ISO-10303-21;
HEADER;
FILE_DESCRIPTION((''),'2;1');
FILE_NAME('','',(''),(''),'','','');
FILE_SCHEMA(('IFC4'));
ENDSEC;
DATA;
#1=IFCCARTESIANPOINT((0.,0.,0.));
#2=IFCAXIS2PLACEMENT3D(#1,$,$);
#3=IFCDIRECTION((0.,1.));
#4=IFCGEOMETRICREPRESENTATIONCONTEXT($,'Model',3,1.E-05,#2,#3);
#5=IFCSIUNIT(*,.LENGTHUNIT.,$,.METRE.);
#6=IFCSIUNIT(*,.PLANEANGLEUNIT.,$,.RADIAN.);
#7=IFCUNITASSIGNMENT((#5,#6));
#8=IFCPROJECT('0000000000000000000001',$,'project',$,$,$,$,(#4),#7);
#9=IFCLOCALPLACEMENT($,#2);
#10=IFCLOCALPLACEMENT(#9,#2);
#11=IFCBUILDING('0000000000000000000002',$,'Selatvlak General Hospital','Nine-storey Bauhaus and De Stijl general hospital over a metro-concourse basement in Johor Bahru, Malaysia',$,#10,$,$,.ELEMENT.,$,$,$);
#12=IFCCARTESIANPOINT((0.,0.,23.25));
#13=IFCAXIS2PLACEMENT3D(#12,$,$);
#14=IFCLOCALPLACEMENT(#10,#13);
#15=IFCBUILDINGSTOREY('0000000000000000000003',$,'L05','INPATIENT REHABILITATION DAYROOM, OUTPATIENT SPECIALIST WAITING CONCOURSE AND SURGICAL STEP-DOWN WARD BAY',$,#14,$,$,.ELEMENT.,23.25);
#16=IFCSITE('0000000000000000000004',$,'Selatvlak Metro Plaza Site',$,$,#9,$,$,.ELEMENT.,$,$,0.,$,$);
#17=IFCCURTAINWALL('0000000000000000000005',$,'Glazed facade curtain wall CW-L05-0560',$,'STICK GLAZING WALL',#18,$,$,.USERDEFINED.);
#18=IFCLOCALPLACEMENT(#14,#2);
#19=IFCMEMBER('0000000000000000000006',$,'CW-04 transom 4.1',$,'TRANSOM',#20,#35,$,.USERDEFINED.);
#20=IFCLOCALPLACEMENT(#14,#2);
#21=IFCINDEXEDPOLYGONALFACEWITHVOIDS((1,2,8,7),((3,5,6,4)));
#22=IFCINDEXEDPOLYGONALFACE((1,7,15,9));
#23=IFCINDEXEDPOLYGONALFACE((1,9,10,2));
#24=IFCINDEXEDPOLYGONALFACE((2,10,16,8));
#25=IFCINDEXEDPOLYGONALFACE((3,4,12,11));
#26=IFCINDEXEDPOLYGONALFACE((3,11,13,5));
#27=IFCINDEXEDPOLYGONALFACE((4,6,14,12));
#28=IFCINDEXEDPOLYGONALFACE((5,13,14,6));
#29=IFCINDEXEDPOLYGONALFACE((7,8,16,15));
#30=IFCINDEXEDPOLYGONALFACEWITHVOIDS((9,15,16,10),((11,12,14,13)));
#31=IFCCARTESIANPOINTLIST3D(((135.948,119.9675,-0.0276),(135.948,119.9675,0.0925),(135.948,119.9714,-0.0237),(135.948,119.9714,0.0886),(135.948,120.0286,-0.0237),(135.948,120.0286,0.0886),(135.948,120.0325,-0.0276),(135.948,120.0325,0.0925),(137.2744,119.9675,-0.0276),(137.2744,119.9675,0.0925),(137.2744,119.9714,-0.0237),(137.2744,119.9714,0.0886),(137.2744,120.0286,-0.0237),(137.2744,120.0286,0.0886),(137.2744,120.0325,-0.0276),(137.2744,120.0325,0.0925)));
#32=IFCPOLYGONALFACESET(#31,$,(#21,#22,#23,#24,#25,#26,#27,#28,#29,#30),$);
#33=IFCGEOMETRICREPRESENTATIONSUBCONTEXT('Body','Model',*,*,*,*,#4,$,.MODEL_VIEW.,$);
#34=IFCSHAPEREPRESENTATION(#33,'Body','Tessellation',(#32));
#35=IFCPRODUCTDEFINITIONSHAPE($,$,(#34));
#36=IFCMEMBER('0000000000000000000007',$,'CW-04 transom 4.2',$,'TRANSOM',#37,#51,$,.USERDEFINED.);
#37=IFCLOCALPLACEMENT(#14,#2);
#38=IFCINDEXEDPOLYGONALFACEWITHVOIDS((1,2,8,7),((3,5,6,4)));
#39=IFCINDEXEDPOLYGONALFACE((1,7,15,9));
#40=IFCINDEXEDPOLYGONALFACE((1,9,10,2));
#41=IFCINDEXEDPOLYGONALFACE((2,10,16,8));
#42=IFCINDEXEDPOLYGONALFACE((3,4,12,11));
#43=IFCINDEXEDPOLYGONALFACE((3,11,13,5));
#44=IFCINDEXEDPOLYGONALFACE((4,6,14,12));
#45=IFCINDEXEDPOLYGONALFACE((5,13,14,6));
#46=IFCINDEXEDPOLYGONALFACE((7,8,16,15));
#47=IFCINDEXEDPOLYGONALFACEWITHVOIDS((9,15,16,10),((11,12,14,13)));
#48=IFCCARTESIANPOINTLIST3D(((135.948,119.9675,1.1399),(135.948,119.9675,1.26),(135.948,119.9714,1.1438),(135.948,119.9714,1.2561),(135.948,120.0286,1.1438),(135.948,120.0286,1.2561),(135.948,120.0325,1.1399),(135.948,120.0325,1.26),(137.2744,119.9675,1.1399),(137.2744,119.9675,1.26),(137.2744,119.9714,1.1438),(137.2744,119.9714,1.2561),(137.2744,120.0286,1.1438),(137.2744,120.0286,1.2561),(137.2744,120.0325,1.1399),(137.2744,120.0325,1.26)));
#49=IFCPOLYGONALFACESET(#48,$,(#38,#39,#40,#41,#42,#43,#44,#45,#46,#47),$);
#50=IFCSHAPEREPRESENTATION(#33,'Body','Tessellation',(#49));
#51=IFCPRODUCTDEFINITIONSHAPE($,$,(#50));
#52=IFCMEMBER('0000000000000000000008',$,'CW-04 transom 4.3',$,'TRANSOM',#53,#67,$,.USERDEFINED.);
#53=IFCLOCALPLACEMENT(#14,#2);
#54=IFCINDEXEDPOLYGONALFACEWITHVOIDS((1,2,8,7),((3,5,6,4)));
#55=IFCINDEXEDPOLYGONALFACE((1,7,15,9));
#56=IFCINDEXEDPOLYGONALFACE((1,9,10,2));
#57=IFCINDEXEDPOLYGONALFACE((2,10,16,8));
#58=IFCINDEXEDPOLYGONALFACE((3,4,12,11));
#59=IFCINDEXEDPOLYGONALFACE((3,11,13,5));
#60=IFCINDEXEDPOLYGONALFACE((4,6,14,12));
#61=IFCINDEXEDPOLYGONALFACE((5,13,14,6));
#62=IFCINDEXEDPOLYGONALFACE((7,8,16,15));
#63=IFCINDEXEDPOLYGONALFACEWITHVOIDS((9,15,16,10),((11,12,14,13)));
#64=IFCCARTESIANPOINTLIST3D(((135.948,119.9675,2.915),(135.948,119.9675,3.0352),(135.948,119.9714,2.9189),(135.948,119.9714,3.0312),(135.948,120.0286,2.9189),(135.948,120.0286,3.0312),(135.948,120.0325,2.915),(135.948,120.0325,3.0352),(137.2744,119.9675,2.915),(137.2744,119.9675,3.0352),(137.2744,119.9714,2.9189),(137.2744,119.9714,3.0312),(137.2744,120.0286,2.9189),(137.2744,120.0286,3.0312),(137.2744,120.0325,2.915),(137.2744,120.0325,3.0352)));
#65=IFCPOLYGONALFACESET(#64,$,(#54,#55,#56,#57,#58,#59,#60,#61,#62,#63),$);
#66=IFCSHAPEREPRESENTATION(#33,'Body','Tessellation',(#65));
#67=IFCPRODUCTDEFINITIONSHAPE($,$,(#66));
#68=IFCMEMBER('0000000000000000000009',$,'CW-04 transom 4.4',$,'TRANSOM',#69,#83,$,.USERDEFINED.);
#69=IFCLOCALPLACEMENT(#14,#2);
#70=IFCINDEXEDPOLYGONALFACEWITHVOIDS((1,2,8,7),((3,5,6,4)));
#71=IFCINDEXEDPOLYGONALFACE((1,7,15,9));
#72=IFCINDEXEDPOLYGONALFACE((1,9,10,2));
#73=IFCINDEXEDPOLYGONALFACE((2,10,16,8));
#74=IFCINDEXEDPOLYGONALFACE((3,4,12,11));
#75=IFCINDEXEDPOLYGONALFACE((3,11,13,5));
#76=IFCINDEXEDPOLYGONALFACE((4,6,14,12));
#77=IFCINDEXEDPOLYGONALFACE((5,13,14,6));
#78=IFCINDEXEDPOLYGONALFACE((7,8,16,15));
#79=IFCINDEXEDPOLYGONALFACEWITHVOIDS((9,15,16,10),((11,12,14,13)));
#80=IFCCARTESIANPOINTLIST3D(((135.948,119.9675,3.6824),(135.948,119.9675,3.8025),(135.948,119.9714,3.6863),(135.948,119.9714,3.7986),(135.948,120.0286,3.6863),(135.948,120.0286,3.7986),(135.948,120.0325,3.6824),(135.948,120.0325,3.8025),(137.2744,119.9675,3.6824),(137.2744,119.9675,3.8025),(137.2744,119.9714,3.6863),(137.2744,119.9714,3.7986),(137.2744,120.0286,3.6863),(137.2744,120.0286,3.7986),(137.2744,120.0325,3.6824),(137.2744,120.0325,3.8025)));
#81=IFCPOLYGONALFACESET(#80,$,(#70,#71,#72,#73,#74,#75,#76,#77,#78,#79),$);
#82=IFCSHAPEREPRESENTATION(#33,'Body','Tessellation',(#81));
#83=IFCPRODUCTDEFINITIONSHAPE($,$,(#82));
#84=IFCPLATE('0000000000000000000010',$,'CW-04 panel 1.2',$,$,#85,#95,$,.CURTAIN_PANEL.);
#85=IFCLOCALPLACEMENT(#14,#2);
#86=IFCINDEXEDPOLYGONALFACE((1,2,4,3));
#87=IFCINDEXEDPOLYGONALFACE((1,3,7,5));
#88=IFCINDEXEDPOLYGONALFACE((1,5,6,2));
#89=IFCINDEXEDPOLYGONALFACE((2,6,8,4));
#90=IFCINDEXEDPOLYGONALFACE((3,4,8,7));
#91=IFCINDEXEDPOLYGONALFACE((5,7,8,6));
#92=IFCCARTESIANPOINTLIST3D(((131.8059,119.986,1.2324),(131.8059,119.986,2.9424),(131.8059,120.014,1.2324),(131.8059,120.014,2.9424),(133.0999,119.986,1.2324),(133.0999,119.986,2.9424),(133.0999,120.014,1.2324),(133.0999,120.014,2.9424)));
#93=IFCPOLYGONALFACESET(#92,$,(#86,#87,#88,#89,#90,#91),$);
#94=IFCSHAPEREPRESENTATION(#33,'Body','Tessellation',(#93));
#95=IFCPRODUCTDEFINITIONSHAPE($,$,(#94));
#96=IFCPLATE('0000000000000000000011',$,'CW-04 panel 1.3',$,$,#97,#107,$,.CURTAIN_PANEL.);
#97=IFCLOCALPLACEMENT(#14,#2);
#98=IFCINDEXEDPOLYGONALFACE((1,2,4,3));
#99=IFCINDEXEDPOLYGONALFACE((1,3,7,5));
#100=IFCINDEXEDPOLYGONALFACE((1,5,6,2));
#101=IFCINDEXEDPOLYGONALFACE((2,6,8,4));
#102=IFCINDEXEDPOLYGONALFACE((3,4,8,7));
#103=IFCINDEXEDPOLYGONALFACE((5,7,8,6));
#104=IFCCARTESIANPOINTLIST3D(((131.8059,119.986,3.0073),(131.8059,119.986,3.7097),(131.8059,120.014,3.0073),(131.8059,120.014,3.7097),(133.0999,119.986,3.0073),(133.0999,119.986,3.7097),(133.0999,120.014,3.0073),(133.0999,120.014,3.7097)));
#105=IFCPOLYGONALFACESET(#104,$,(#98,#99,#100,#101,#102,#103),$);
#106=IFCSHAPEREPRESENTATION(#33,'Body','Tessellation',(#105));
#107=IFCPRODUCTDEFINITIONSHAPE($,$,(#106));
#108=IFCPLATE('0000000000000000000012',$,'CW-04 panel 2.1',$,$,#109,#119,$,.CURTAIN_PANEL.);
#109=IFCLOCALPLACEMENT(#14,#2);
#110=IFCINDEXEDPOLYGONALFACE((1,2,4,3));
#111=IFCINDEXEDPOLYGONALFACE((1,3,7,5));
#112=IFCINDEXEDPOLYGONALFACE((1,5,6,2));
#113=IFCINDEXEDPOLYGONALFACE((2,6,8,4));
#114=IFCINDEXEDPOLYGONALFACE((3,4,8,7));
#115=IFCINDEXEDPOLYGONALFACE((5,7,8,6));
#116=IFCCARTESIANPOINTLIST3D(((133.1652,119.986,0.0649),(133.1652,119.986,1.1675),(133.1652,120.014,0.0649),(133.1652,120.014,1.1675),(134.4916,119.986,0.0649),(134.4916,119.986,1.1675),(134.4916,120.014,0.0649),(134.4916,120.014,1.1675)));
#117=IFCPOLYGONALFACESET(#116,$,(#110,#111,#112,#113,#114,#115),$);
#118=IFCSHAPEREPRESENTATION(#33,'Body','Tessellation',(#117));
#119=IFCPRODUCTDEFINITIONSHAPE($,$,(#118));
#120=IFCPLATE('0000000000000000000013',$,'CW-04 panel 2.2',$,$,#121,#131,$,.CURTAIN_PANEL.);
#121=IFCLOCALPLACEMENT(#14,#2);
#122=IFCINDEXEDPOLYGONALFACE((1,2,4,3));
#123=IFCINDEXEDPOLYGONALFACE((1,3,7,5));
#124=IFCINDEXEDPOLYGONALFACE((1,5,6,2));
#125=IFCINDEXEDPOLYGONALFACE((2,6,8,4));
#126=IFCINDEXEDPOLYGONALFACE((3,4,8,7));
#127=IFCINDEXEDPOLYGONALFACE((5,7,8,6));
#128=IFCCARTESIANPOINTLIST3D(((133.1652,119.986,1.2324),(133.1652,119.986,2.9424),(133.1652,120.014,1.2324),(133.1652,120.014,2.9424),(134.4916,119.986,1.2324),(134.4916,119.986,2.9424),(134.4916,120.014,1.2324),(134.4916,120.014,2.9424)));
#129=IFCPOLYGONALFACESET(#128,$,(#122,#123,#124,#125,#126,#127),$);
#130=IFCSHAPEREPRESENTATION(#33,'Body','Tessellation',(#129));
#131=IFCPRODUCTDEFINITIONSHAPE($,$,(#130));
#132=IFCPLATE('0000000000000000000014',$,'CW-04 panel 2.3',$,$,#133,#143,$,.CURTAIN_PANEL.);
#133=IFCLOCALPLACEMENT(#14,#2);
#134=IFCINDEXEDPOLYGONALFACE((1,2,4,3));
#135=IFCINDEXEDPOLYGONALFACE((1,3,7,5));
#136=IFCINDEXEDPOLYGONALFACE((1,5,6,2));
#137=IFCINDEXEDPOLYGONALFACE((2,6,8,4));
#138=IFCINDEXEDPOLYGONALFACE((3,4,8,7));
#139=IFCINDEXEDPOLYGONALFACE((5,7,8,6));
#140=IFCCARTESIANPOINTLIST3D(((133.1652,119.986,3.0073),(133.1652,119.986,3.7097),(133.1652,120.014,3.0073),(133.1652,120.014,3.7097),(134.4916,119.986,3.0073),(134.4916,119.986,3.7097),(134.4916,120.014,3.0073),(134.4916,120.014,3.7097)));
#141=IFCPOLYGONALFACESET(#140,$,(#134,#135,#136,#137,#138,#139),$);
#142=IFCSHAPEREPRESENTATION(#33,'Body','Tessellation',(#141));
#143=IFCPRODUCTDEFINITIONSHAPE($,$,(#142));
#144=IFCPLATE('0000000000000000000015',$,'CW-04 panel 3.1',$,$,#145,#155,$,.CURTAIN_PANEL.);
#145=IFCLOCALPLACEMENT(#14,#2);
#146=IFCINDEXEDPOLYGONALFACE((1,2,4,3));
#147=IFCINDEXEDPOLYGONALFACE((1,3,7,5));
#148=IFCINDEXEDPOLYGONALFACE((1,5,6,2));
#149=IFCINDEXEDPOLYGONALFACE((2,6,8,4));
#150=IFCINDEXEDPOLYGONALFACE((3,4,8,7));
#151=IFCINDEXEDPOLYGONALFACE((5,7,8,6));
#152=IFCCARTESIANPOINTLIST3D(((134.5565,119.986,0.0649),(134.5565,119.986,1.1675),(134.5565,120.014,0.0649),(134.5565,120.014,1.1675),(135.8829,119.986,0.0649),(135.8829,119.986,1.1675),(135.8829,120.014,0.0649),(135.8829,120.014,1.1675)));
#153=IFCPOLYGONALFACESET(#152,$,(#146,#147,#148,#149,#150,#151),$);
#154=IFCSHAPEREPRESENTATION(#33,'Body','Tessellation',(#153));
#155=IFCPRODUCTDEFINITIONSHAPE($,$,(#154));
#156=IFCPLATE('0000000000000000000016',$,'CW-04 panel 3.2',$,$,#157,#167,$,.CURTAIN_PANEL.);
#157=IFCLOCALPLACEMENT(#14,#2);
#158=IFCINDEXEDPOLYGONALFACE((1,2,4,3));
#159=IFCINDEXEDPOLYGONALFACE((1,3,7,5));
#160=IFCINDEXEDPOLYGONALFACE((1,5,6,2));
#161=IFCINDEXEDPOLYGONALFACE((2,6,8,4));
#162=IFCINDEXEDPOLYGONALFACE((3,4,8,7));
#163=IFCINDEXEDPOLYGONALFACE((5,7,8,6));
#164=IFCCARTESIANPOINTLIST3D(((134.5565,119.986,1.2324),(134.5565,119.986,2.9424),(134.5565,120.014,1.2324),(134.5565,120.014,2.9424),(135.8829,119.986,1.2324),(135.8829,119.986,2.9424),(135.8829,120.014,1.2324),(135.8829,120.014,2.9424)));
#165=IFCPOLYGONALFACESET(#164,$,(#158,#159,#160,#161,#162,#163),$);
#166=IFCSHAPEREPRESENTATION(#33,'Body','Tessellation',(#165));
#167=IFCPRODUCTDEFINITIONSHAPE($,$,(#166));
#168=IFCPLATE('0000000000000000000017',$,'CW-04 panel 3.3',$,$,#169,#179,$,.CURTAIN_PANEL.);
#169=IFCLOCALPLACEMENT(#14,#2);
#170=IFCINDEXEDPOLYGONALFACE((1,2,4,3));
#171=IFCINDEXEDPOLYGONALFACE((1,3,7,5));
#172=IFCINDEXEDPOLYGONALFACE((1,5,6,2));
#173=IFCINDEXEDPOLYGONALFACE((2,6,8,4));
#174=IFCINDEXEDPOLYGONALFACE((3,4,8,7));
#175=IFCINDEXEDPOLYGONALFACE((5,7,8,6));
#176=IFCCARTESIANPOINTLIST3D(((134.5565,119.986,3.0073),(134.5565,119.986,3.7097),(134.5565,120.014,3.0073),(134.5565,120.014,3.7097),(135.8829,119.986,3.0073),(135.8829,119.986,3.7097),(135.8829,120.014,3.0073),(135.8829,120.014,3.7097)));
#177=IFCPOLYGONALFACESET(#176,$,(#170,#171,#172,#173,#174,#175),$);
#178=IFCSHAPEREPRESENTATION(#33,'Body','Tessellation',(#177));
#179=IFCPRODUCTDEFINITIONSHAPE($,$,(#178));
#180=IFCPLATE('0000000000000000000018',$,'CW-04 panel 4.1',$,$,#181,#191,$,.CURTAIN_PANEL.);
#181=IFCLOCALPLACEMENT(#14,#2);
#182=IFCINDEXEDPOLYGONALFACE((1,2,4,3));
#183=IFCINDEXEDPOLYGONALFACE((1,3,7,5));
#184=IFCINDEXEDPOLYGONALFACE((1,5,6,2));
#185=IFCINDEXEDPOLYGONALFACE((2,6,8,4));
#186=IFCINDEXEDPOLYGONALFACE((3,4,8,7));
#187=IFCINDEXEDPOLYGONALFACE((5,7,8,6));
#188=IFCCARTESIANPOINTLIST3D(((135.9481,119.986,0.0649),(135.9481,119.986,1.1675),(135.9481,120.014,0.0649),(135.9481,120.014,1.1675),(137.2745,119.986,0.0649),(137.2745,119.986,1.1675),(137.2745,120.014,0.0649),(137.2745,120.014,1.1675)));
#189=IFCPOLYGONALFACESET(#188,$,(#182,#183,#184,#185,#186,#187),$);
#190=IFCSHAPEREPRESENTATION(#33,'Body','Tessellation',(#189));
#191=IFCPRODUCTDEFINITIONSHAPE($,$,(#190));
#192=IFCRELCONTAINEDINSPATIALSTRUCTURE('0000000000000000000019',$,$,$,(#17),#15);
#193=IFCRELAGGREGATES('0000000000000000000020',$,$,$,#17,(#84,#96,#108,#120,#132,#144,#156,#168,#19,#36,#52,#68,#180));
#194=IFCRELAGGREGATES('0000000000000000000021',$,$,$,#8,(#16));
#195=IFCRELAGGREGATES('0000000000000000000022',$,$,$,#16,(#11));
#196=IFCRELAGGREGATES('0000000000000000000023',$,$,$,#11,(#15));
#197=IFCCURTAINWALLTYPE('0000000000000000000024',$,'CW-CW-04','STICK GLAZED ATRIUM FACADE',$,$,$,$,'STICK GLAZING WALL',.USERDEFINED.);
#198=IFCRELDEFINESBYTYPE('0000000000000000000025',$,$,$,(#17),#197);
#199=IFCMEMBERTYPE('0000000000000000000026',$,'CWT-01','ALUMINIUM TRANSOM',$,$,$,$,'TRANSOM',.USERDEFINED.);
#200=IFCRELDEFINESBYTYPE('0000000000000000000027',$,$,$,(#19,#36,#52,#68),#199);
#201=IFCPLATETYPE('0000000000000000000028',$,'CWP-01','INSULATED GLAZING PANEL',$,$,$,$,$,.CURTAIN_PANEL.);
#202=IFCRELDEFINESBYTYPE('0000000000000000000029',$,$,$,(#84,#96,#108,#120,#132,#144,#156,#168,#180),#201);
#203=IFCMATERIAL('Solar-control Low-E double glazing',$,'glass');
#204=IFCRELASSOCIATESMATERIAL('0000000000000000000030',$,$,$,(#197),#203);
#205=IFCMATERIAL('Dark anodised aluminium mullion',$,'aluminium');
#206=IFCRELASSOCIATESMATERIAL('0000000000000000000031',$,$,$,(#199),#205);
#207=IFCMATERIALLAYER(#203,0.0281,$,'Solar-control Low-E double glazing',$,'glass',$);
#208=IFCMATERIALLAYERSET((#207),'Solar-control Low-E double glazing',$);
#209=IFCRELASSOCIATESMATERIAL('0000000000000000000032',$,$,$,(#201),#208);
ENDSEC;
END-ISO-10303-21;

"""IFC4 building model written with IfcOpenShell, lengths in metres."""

from ifc_helpers import new_model, si_unit, direction, frame, origin, origin_2d, place, context, subcontext, project, spatial, rectangle, hollow_rectangle, extrude, material, layer, layer_set, material_profile, profile_set, type_object, element, aggregate, save


model = new_model("IFC4")

# Units and contexts
model_context = context("Model", 3, precision=1e-05, world=origin(), true_north=direction((0.0, 1.0)))
body_context = subcontext(model_context, "Body", "Model", "MODEL_VIEW")
ifc_project = project(units=[si_unit("LENGTHUNIT", "METRE"), si_unit("PLANEANGLEUNIT", "RADIAN")], contexts=[model_context])

# Site, building, storey
site_placement = place(None, origin())
site = spatial("IfcSite", under=ifc_project, at=site_placement, Name="Selatvlak Metro Plaza Site", CompositionType="ELEMENT", RefElevation=0.0)
building_placement = place(site_placement, origin())
building = spatial("IfcBuilding", under=site, at=building_placement, Name="Selatvlak General Hospital", Description="Nine-storey Bauhaus and De Stijl general hospital over a metro-concourse basement in Johor Bahru, Malaysia", CompositionType="ELEMENT")
storey_placement = place(building_placement, frame((0.0, 0.0, 23.25)))
storey = spatial("IfcBuildingStorey", under=building, at=storey_placement, Name="L05", Description="INPATIENT REHABILITATION DAYROOM, OUTPATIENT SPECIALIST WAITING CONCOURSE AND SURGICAL STEP-DOWN WARD BAY", CompositionType="ELEMENT", Elevation=23.25)

# Curtain wall, members, plates
ifc_material_1 = material(Name="Solar-control Low-E double glazing", Category="glass")
curtain_wall_type = type_object("IfcCurtainWallType", Name="CW-CW-04", Description="STICK GLAZED ATRIUM FACADE", ElementType="STICK GLAZING WALL", PredefinedType="USERDEFINED", material=ifc_material_1)
curtain_wall_placement = place(storey_placement, origin())
curtain_wall = element("IfcCurtainWall", 1, at=curtain_wall_placement, inside=storey, type_object=curtain_wall_type, Name="Glazed facade curtain wall CW-L05-0560", ObjectType="STICK GLAZING WALL", PredefinedType="USERDEFINED")
ifc_material_2 = material(Name="Dark anodised aluminium mullion", Category="aluminium")
ifc_material_profile_1 = material_profile(ifc_material_2, hollow_rectangle(XDim=0.0649, YDim=0.1201, WallThickness=0.0039, at=origin_2d()), Name="AL-TRN 65x120x4")
ifc_profile_set_1 = profile_set([ifc_material_profile_1], Name="Dark anodised aluminium mullion")
member_type_1 = type_object("IfcMemberType", Name="CWT-01", Description="ALUMINIUM TRANSOM", ElementType="TRANSOM", PredefinedType="USERDEFINED", material=ifc_profile_set_1)
member_1_placement = place(storey_placement, frame((135.948, 120.0, 0.0325), z_axis=(1.0, 0.0, 0.0), x_axis=(0.0, 1.0, 0.0)))
member_1 = element("IfcMember", 2, at=member_1_placement, type_object=member_type_1, Name="CW-04 transom 4.1", ObjectType="TRANSOM", PredefinedType="USERDEFINED", context=body_context, shape_type="SweptSolid", body=[
    extrude(hollow_rectangle(XDim=0.0649, YDim=0.1201, WallThickness=0.0039, at=origin_2d()), origin(), (0.0, 0.0, 1.0), 1.3264),
])
member_2_placement = place(storey_placement, frame((135.948, 120.0, 1.2), z_axis=(1.0, 0.0, 0.0), x_axis=(0.0, 1.0, 0.0)))
member_2 = element("IfcMember", 3, at=member_2_placement, type_object=member_type_1, Name="CW-04 transom 4.2", ObjectType="TRANSOM", PredefinedType="USERDEFINED", context=body_context, shape_type="SweptSolid", body=[
    extrude(hollow_rectangle(XDim=0.0649, YDim=0.1201, WallThickness=0.0039, at=origin_2d()), origin(), (0.0, 0.0, 1.0), 1.3264),
])
member_3_placement = place(storey_placement, frame((135.948, 120.0, 2.9751), z_axis=(1.0, 0.0, 0.0), x_axis=(0.0, 1.0, 0.0)))
member_3 = element("IfcMember", 4, at=member_3_placement, type_object=member_type_1, Name="CW-04 transom 4.3", ObjectType="TRANSOM", PredefinedType="USERDEFINED", context=body_context, shape_type="SweptSolid", body=[
    extrude(hollow_rectangle(XDim=0.0649, YDim=0.1201, WallThickness=0.0039, at=origin_2d()), origin(), (0.0, 0.0, 1.0), 1.3264),
])
member_4_placement = place(storey_placement, frame((135.948, 120.0, 3.7424), z_axis=(1.0, 0.0, 0.0), x_axis=(0.0, 1.0, 0.0)))
member_4 = element("IfcMember", 5, at=member_4_placement, type_object=member_type_1, Name="CW-04 transom 4.4", ObjectType="TRANSOM", PredefinedType="USERDEFINED", context=body_context, shape_type="SweptSolid", body=[
    extrude(hollow_rectangle(XDim=0.0649, YDim=0.1201, WallThickness=0.0039, at=origin_2d()), origin(), (0.0, 0.0, 1.0), 1.3264),
])
ifc_layer_1 = layer(ifc_material_1, 0.0281, Name="Solar-control Low-E double glazing", Category="glass")
ifc_layer_set_1 = layer_set([ifc_layer_1], Name="Solar-control Low-E double glazing")
plate_type = type_object("IfcPlateType", Name="CWP-01", Description="INSULATED GLAZING PANEL", PredefinedType="CURTAIN_PANEL", material=ifc_layer_set_1)
plate_1_placement = place(storey_placement, frame((132.4529, 120.0, 1.2324), z_axis=(0.0, 0.0, 1.0), x_axis=(1.0, 0.0, 0.0)))
plate_1 = element("IfcPlate", 6, at=plate_1_placement, type_object=plate_type, Name="CW-04 panel 1.2", PredefinedType="CURTAIN_PANEL", context=body_context, shape_type="SweptSolid", body=[
    extrude(rectangle(XDim=1.2939, YDim=0.0281, at=origin_2d()), origin(), (0.0, 0.0, 1.0), 1.71),
])
plate_2_placement = place(storey_placement, frame((132.4529, 120.0, 3.0073), z_axis=(0.0, 0.0, 1.0), x_axis=(1.0, 0.0, 0.0)))
plate_2 = element("IfcPlate", 7, at=plate_2_placement, type_object=plate_type, Name="CW-04 panel 1.3", PredefinedType="CURTAIN_PANEL", context=body_context, shape_type="SweptSolid", body=[
    extrude(rectangle(XDim=1.2939, YDim=0.0281, at=origin_2d()), origin(), (0.0, 0.0, 1.0), 0.7024),
])
plate_3_placement = place(storey_placement, frame((133.8284, 120.0, 0.0649), z_axis=(0.0, 0.0, 1.0), x_axis=(1.0, 0.0, 0.0)))
plate_3 = element("IfcPlate", 8, at=plate_3_placement, type_object=plate_type, Name="CW-04 panel 2.1", PredefinedType="CURTAIN_PANEL", context=body_context, shape_type="SweptSolid", body=[
    extrude(rectangle(XDim=1.3264, YDim=0.0281, at=origin_2d()), origin(), (0.0, 0.0, 1.0), 1.1025),
])
plate_4_placement = place(storey_placement, frame((133.8284, 120.0, 1.2324), z_axis=(0.0, 0.0, 1.0), x_axis=(1.0, 0.0, 0.0)))
plate_4 = element("IfcPlate", 9, at=plate_4_placement, type_object=plate_type, Name="CW-04 panel 2.2", PredefinedType="CURTAIN_PANEL", context=body_context, shape_type="SweptSolid", body=[
    extrude(rectangle(XDim=1.3264, YDim=0.0281, at=origin_2d()), origin(), (0.0, 0.0, 1.0), 1.71),
])
plate_5_placement = place(storey_placement, frame((133.8284, 120.0, 3.0073), z_axis=(0.0, 0.0, 1.0), x_axis=(1.0, 0.0, 0.0)))
plate_5 = element("IfcPlate", 10, at=plate_5_placement, type_object=plate_type, Name="CW-04 panel 2.3", PredefinedType="CURTAIN_PANEL", context=body_context, shape_type="SweptSolid", body=[
    extrude(rectangle(XDim=1.3264, YDim=0.0281, at=origin_2d()), origin(), (0.0, 0.0, 1.0), 0.7024),
])
plate_6_placement = place(storey_placement, frame((135.2197, 120.0, 0.0649), z_axis=(0.0, 0.0, 1.0), x_axis=(1.0, 0.0, 0.0)))
plate_6 = element("IfcPlate", 11, at=plate_6_placement, type_object=plate_type, Name="CW-04 panel 3.1", PredefinedType="CURTAIN_PANEL", context=body_context, shape_type="SweptSolid", body=[
    extrude(rectangle(XDim=1.3264, YDim=0.0281, at=origin_2d()), origin(), (0.0, 0.0, 1.0), 1.1025),
])
plate_7_placement = place(storey_placement, frame((135.2197, 120.0, 1.2324), z_axis=(0.0, 0.0, 1.0), x_axis=(1.0, 0.0, 0.0)))
plate_7 = element("IfcPlate", 12, at=plate_7_placement, type_object=plate_type, Name="CW-04 panel 3.2", PredefinedType="CURTAIN_PANEL", context=body_context, shape_type="SweptSolid", body=[
    extrude(rectangle(XDim=1.3264, YDim=0.0281, at=origin_2d()), origin(), (0.0, 0.0, 1.0), 1.71),
])
plate_8_placement = place(storey_placement, frame((135.2197, 120.0, 3.0073), z_axis=(0.0, 0.0, 1.0), x_axis=(1.0, 0.0, 0.0)))
plate_8 = element("IfcPlate", 13, at=plate_8_placement, type_object=plate_type, Name="CW-04 panel 3.3", PredefinedType="CURTAIN_PANEL", context=body_context, shape_type="SweptSolid", body=[
    extrude(rectangle(XDim=1.3264, YDim=0.0281, at=origin_2d()), origin(), (0.0, 0.0, 1.0), 0.7024),
])
plate_9_placement = place(storey_placement, frame((136.6113, 120.0, 0.0649), z_axis=(0.0, 0.0, 1.0), x_axis=(1.0, 0.0, 0.0)))
plate_9 = element("IfcPlate", 14, at=plate_9_placement, type_object=plate_type, Name="CW-04 panel 4.1", PredefinedType="CURTAIN_PANEL", context=body_context, shape_type="SweptSolid", body=[
    extrude(rectangle(XDim=1.3264, YDim=0.0281, at=origin_2d()), origin(), (0.0, 0.0, 1.0), 1.1025),
])
aggregate(curtain_wall, [plate_1, plate_2, plate_3, plate_4, plate_5, plate_6, plate_7, plate_8, member_1, member_2, member_3, member_4, plate_9])

save(model, "model.ifc")
